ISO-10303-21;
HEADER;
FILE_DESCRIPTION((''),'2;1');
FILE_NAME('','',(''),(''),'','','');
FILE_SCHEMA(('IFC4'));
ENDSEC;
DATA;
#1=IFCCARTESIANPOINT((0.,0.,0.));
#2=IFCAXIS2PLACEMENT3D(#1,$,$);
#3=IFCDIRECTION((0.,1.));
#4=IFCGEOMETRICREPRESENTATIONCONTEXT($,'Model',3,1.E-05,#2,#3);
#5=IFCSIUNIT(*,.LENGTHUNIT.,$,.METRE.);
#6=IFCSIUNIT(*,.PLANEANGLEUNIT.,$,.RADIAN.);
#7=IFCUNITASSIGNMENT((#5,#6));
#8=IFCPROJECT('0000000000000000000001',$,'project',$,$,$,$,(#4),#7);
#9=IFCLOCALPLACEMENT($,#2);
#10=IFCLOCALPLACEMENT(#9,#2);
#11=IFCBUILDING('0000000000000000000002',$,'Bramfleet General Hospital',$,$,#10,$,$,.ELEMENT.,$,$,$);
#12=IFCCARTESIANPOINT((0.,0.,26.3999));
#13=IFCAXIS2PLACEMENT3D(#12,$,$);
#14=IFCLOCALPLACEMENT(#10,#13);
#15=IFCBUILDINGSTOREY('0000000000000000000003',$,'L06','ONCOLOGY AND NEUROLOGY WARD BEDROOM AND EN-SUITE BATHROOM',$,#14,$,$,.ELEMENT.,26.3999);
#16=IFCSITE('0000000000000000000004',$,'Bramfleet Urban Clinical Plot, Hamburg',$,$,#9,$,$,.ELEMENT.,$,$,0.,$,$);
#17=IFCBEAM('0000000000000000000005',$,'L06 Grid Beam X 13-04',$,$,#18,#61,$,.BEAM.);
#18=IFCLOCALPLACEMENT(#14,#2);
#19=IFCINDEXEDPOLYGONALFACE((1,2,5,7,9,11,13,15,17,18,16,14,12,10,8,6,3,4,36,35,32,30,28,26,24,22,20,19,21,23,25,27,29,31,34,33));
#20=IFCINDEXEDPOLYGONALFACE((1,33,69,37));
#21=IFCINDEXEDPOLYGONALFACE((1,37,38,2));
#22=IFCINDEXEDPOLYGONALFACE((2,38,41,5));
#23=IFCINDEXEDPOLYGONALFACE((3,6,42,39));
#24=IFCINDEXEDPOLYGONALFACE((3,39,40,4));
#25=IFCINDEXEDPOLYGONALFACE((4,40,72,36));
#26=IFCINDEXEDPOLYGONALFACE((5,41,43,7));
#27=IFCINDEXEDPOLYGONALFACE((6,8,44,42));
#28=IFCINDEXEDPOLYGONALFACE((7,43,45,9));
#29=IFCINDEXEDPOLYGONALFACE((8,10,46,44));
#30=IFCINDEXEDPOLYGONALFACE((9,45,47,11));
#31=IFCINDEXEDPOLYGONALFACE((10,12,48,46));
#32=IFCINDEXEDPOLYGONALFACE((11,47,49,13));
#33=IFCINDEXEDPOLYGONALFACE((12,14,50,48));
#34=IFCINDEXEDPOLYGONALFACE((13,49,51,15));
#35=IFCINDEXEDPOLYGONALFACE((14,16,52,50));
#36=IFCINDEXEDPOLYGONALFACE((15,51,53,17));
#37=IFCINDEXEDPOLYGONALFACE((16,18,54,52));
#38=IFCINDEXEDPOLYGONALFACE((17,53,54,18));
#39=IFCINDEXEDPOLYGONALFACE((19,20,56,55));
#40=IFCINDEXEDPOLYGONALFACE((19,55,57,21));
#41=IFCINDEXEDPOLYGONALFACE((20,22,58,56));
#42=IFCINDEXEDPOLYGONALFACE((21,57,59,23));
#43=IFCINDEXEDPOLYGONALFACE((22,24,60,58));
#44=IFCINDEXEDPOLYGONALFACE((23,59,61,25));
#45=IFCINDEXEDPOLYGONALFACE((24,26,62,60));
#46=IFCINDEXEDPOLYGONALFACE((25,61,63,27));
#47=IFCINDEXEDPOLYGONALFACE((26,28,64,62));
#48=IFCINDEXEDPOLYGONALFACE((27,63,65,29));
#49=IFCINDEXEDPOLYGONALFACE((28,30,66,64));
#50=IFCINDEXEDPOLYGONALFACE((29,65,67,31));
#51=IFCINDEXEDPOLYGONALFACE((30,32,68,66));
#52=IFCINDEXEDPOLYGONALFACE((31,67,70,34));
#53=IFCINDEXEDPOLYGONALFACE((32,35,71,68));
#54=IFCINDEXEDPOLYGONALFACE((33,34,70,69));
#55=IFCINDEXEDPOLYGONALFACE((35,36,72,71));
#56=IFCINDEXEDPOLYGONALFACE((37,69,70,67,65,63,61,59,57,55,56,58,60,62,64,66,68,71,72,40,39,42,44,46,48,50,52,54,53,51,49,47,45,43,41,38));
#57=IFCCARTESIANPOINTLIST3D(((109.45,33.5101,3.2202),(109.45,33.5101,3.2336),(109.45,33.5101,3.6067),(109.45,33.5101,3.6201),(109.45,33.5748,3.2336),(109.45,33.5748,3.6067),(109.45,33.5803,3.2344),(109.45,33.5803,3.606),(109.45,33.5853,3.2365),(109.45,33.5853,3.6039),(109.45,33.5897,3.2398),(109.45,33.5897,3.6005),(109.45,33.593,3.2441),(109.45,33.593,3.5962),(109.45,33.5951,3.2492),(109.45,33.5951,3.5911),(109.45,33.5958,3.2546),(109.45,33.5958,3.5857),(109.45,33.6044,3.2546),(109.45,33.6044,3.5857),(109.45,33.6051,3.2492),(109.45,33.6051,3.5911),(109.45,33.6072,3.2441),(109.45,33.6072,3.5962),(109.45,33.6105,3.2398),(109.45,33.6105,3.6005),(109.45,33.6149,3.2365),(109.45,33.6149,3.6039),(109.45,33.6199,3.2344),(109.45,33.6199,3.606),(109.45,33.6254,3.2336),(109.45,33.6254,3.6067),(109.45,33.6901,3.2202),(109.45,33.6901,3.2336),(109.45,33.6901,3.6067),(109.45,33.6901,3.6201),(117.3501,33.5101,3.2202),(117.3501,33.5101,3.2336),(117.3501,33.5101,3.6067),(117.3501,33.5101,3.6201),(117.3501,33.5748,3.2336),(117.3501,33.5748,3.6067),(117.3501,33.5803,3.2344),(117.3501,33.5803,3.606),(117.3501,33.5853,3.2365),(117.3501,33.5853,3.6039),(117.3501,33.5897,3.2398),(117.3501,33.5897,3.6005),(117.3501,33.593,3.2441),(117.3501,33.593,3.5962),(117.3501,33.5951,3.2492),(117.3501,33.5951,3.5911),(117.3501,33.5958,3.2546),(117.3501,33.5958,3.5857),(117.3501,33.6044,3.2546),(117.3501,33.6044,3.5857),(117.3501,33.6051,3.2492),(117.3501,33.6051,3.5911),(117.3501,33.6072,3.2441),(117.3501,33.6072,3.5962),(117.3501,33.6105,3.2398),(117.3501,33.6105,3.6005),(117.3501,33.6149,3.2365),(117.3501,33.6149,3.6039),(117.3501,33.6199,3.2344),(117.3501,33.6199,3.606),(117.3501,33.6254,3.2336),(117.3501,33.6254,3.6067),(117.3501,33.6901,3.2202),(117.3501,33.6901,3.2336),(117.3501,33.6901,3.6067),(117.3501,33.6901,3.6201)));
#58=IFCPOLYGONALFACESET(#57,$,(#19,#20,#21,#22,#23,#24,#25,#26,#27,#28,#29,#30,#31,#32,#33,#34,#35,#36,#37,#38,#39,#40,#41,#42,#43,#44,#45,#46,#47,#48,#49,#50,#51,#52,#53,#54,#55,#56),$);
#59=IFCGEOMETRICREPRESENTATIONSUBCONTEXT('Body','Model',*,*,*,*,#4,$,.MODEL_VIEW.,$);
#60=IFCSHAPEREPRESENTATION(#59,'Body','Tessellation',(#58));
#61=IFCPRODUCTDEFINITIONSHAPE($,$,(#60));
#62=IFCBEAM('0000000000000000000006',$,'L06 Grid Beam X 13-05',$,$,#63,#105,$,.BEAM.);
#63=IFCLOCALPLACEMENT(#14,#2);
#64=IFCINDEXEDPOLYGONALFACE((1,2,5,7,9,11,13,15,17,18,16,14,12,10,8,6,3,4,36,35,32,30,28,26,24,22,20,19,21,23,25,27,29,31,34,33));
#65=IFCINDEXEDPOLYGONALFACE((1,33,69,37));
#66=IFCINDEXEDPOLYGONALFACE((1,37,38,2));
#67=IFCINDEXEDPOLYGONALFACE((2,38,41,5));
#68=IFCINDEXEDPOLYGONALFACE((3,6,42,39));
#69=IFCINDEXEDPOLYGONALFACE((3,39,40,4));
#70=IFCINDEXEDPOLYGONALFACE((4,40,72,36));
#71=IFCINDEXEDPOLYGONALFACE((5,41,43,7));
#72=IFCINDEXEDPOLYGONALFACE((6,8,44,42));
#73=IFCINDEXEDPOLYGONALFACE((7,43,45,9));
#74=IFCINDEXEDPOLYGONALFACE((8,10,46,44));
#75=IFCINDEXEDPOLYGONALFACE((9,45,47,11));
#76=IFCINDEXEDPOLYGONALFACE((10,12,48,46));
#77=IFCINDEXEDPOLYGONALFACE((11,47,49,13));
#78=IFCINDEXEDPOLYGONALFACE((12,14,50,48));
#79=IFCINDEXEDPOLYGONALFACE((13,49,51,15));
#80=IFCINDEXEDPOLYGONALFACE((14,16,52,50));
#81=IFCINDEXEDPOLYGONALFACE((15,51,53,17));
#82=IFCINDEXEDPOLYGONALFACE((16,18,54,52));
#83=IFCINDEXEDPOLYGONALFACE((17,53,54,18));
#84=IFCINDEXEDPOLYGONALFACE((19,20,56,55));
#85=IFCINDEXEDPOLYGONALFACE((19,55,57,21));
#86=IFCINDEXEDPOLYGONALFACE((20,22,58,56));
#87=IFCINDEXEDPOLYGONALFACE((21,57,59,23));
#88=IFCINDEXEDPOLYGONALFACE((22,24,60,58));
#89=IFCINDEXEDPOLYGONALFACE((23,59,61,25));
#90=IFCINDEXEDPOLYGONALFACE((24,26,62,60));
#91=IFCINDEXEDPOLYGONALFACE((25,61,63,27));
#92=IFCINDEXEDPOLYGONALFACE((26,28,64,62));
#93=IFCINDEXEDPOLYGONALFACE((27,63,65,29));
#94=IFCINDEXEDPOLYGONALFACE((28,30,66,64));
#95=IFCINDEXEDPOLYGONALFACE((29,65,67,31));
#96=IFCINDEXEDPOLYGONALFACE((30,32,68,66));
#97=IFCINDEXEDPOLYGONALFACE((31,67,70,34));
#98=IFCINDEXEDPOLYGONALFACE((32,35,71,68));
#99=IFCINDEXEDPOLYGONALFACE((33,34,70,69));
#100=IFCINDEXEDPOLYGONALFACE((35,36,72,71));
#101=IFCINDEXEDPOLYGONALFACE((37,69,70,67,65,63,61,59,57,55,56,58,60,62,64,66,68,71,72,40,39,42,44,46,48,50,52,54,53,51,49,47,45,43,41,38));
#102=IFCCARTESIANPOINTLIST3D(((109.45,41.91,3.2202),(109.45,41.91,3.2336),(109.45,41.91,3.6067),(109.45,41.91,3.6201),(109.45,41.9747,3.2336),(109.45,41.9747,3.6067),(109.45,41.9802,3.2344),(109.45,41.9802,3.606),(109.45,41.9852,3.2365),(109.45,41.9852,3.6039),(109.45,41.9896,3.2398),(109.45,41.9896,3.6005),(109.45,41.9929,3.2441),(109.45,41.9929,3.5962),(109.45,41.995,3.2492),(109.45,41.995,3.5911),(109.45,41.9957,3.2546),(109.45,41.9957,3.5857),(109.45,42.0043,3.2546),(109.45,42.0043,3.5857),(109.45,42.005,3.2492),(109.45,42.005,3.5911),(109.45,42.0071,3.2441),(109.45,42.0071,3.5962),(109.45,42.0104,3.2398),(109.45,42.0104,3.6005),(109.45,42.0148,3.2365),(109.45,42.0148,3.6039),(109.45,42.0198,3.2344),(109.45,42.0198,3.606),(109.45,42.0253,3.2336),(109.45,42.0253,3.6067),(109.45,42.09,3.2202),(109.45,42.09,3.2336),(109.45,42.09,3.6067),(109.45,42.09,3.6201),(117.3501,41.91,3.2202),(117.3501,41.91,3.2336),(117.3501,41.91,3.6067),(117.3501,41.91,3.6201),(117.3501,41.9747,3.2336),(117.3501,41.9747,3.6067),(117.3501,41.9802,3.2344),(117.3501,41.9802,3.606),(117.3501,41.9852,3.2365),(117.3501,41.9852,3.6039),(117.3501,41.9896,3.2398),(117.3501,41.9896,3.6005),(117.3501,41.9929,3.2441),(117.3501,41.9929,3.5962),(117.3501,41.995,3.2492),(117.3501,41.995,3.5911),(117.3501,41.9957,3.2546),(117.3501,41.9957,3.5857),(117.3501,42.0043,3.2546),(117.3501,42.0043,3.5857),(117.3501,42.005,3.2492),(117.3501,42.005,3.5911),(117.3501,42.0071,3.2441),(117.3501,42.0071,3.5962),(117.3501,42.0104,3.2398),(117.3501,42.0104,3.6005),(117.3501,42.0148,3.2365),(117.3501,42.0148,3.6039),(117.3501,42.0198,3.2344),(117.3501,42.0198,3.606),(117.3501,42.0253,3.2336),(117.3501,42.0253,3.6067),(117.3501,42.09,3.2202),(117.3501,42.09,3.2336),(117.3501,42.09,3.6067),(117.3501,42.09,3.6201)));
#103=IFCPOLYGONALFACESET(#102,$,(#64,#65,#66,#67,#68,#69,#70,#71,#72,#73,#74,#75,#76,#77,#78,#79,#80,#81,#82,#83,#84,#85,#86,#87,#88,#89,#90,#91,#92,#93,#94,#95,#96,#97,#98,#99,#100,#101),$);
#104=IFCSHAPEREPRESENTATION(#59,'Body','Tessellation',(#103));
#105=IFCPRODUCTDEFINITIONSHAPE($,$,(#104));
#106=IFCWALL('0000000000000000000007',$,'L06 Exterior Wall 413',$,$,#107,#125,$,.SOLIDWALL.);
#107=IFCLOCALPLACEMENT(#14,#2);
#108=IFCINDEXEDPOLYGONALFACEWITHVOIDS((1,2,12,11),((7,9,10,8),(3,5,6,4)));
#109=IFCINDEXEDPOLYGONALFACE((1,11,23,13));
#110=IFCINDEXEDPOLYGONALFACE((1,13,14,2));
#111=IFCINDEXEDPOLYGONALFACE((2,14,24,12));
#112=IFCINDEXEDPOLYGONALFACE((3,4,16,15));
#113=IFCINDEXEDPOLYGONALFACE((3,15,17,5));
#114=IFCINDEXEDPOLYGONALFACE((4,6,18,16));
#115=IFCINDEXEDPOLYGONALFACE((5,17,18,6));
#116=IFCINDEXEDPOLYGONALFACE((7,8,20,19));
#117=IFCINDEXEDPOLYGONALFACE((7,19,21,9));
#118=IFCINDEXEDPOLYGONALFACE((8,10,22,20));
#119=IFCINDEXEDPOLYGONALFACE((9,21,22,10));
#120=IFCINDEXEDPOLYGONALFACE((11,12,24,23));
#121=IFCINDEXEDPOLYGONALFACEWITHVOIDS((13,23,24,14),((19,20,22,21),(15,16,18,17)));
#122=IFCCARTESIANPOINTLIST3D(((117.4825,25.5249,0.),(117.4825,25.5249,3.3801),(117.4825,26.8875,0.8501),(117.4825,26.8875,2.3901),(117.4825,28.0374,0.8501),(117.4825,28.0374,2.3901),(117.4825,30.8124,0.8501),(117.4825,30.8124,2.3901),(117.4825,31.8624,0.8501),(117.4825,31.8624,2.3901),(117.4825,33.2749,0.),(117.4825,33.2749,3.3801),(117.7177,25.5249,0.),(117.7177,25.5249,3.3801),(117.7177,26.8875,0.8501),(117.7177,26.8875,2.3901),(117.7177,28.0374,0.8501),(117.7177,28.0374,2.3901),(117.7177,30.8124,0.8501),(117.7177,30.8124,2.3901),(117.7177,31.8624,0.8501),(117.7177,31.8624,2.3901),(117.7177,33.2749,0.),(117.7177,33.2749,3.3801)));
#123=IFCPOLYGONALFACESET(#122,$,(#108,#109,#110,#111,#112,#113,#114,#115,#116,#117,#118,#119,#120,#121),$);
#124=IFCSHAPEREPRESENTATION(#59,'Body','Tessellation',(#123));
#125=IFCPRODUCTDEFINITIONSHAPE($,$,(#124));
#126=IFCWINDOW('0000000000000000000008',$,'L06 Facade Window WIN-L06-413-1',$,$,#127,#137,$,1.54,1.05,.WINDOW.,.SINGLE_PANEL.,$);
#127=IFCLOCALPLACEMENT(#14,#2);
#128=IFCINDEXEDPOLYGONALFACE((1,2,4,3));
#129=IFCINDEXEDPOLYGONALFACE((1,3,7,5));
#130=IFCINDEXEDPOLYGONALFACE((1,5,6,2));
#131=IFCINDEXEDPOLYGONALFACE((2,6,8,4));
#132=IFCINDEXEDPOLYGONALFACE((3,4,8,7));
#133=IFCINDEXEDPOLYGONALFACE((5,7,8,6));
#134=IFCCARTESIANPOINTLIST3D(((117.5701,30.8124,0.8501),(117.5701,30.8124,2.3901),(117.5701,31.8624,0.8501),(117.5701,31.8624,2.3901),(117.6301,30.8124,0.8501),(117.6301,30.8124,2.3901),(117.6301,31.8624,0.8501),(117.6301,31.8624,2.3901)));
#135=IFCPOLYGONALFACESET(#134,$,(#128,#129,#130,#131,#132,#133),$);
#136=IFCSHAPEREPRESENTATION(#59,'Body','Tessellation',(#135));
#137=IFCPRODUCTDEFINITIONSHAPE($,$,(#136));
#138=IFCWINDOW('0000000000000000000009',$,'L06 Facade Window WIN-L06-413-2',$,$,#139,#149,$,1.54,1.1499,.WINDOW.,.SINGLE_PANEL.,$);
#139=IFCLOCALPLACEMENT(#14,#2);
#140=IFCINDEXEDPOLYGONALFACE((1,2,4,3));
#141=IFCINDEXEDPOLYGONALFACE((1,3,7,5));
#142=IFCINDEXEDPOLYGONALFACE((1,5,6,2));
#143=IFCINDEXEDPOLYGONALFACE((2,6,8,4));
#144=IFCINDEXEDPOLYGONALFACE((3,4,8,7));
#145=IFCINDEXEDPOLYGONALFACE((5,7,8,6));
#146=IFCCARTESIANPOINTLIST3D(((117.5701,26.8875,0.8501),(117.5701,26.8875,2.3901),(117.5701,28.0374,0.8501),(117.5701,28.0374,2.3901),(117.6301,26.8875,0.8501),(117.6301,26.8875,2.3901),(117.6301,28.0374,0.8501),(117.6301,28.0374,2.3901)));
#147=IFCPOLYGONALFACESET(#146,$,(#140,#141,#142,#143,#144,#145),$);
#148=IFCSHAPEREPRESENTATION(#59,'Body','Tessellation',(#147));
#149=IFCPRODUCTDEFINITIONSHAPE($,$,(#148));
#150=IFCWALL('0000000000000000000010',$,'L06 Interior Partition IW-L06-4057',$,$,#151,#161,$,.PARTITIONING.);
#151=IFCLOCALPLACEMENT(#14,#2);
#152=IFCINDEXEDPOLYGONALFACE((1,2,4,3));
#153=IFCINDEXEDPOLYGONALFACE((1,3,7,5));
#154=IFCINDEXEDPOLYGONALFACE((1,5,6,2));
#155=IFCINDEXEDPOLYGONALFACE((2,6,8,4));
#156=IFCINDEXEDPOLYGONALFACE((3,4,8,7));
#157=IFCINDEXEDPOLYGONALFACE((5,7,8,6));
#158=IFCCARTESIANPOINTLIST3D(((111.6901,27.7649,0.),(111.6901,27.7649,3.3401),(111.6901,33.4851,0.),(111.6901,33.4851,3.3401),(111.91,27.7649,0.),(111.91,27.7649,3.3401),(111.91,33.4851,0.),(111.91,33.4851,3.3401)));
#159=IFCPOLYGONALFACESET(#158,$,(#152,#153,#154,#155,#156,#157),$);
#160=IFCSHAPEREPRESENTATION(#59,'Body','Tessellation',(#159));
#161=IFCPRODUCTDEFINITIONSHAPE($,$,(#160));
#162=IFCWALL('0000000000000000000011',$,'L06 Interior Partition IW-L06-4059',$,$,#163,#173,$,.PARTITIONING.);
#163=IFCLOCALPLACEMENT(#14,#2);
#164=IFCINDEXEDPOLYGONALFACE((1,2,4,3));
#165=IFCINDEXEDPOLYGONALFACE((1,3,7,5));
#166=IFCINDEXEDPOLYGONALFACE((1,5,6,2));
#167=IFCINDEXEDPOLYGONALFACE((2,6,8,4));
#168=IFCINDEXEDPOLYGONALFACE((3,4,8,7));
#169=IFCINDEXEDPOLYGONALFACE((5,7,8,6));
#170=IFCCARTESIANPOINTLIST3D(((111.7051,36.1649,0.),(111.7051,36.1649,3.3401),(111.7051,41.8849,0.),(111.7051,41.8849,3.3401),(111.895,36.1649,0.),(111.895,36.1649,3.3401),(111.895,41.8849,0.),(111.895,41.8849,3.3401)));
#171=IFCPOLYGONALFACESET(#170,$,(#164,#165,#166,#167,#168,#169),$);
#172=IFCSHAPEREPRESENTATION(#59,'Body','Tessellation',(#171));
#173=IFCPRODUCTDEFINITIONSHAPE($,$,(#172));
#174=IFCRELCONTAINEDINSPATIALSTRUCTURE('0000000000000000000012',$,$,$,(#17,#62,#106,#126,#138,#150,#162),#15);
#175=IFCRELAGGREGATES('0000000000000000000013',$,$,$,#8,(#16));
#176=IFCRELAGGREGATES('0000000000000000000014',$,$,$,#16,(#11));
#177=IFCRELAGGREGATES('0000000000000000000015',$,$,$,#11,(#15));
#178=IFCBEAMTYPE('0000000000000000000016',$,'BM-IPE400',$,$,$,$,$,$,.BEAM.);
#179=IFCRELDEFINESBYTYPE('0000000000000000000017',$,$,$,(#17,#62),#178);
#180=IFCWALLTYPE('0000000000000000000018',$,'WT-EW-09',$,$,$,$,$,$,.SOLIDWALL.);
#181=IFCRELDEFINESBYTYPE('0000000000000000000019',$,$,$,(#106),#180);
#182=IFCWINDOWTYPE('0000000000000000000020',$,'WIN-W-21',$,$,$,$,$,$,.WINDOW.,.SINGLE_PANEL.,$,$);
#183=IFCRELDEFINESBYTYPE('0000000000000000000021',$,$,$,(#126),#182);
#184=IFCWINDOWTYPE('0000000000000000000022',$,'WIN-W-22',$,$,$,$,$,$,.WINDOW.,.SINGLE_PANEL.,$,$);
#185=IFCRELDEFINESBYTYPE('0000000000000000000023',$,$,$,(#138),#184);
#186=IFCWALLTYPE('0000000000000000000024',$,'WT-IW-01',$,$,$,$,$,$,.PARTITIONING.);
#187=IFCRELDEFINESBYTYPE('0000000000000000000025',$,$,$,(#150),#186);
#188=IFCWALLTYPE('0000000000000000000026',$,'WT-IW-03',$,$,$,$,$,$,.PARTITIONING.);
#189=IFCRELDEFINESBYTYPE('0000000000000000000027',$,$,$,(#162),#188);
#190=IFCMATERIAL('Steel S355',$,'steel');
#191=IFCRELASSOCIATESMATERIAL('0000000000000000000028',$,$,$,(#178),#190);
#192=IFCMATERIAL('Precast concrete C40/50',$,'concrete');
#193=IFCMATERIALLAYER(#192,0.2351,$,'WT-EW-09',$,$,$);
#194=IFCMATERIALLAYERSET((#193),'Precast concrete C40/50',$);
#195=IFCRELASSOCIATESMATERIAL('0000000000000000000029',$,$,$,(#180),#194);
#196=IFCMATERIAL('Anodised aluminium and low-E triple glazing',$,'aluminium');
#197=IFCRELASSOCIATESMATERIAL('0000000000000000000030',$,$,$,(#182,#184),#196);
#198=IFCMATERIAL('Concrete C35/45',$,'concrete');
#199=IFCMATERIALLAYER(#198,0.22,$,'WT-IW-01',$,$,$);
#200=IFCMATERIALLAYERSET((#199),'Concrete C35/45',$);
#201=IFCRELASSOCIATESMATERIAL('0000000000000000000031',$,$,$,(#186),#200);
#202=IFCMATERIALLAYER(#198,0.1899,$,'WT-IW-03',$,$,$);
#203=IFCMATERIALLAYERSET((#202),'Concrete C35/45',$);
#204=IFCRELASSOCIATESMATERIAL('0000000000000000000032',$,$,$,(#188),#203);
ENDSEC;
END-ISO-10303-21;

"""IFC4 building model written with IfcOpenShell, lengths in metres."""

from ifc_helpers import new_model, si_unit, direction, frame, frame_2d, origin, origin_2d, place, context, subcontext, project, spatial, rectangle, i_section, extrude, material, layer, layer_set, material_profile, profile_set, type_object, element, fill, save


model = new_model("IFC4")

# Units and contexts
model_context = context("Model", 3, precision=1e-05, world=origin(), true_north=direction((0.0, 1.0)))
body_context = subcontext(model_context, "Body", "Model", "MODEL_VIEW")
ifc_project = project(units=[si_unit("LENGTHUNIT", "METRE"), si_unit("PLANEANGLEUNIT", "RADIAN")], contexts=[model_context])

# Site, building, storey
site_placement = place(None, origin())
site = spatial("IfcSite", under=ifc_project, at=site_placement, Name="Bramfleet Urban Clinical Plot, Hamburg", CompositionType="ELEMENT", RefElevation=0.0)
building_placement = place(site_placement, origin())
building = spatial("IfcBuilding", under=site, at=building_placement, Name="Bramfleet General Hospital", CompositionType="ELEMENT")
storey_placement = place(building_placement, frame((0.0, 0.0, 26.3999)))
storey = spatial("IfcBuildingStorey", under=building, at=storey_placement, Name="L06", Description="ONCOLOGY AND NEUROLOGY WARD BEDROOM AND EN-SUITE BATHROOM", CompositionType="ELEMENT", Elevation=26.3999)

# Beams
ifc_material_1 = material(Name="Steel S355", Category="steel")
ifc_material_profile_1 = material_profile(ifc_material_1, i_section(OverallWidth=0.1799, OverallDepth=0.3999, WebThickness=0.0085, FlangeThickness=0.0134, FilletRadius=0.021, at=origin_2d()), Name="IPE 400")
ifc_profile_set_1 = profile_set([ifc_material_profile_1], Name="Steel S355")
beam_type_1 = type_object("IfcBeamType", Name="BM-IPE400", PredefinedType="BEAM", material=ifc_profile_set_1)
for number, where, z_axis, x_axis, name in (
    (1, (109.45, 33.6001, 3.4202), (1.0, 0.0, 0.0), (0.0, 1.0, 0.0), "L06 Grid Beam X 13-04"),
    (2, (109.45, 42.0, 3.4202), (1.0, 0.0, 0.0), (0.0, 1.0, 0.0), "L06 Grid Beam X 13-05"),
):
    element("IfcBeam", number, at=place(storey_placement, frame(where, z_axis=z_axis, x_axis=x_axis)), inside=storey, type_object=beam_type_1, Name=name, PredefinedType="BEAM", context=body_context, shape_type="SweptSolid", body=[
        extrude(i_section(OverallWidth=0.1799, OverallDepth=0.3999, WebThickness=0.0085, FlangeThickness=0.0134, FilletRadius=0.021, at=origin_2d()), origin(), (0.0, 0.0, 1.0), 7.9001),
    ])

# Wall, openings, windows
ifc_material_2 = material(Name="Precast concrete C40/50", Category="concrete")
ifc_layer_1 = layer(ifc_material_2, 0.2351, Name="WT-EW-09")
ifc_layer_set_1 = layer_set([ifc_layer_1], Name="Precast concrete C40/50")
wall_type_1 = type_object("IfcWallType", Name="WT-EW-09", PredefinedType="SOLIDWALL", material=ifc_layer_set_1)
wall_1_placement = place(storey_placement, frame((117.6001, 33.2749, 0.0), z_axis=(0.0, 0.0, 1.0), x_axis=(0.0, -1.0, 0.0)))
wall_1 = element("IfcWall", 3, at=wall_1_placement, inside=storey, type_object=wall_type_1, Name="L06 Exterior Wall 413", PredefinedType="SOLIDWALL", context=body_context, shape_type="SweptSolid", body=[
    extrude(rectangle(XDim=7.75, YDim=0.2351, at=frame_2d((3.875, 0.0))), origin(), (0.0, 0.0, 1.0), 3.3801),
])
opening_1_placement = place(wall_1_placement, frame((1.4126, 0.0, 0.8501)))
opening_1 = element("IfcOpeningElement", 4, at=opening_1_placement, cuts=wall_1, PredefinedType="OPENING", context=body_context, shape_type="SweptSolid", body=[
    extrude(rectangle(XDim=1.05, YDim=1.54, at=frame_2d((0.5249, 0.77))), frame((0.0, 0.1274, 0.0), z_axis=(0.0, -1.0, 0.0), x_axis=(1.0, 0.0, 0.0)), (0.0, 0.0, 1.0), 0.2551),
])
opening_2_placement = place(wall_1_placement, frame((5.2375, 0.0, 0.8501)))
opening_2 = element("IfcOpeningElement", 5, at=opening_2_placement, cuts=wall_1, PredefinedType="OPENING", context=body_context, shape_type="SweptSolid", body=[
    extrude(rectangle(XDim=1.1499, YDim=1.54, at=frame_2d((0.575, 0.77))), frame((0.0, 0.1274, 0.0), z_axis=(0.0, -1.0, 0.0), x_axis=(1.0, 0.0, 0.0)), (0.0, 0.0, 1.0), 0.2551),
])
ifc_material_3 = material(Name="Anodised aluminium and low-E triple glazing", Category="aluminium")
window_type_1 = type_object("IfcWindowType", Name="WIN-W-21", PartitioningType="SINGLE_PANEL", PredefinedType="WINDOW", material=ifc_material_3)
window_1_placement = place(opening_1_placement, origin())
window_1 = element("IfcWindow", 6, at=window_1_placement, inside=storey, type_object=window_type_1, Name="L06 Facade Window WIN-L06-413-1", OverallHeight=1.54, OverallWidth=1.05, PartitioningType="SINGLE_PANEL", PredefinedType="WINDOW", context=body_context, shape_type="SweptSolid", body=[
    extrude(rectangle(XDim=1.05, YDim=1.54, at=frame_2d((0.5249, 0.77))), frame((0.0, 0.03, 0.0), z_axis=(0.0, -1.0, 0.0), x_axis=(1.0, 0.0, 0.0)), (0.0, 0.0, 1.0), 0.0601),
])
fill(opening_1, window_1)
window_type_2 = type_object("IfcWindowType", Name="WIN-W-22", PartitioningType="SINGLE_PANEL", PredefinedType="WINDOW", material=ifc_material_3)
window_2_placement = place(opening_2_placement, origin())
window_2 = element("IfcWindow", 7, at=window_2_placement, inside=storey, type_object=window_type_2, Name="L06 Facade Window WIN-L06-413-2", OverallHeight=1.54, OverallWidth=1.1499, PartitioningType="SINGLE_PANEL", PredefinedType="WINDOW", context=body_context, shape_type="SweptSolid", body=[
    extrude(rectangle(XDim=1.1499, YDim=1.54, at=frame_2d((0.575, 0.77))), frame((0.0, 0.03, 0.0), z_axis=(0.0, -1.0, 0.0), x_axis=(1.0, 0.0, 0.0)), (0.0, 0.0, 1.0), 0.0601),
])
fill(opening_2, window_2)

# Walls
ifc_material_4 = material(Name="Concrete C35/45", Category="concrete")
ifc_layer_2 = layer(ifc_material_4, 0.22, Name="WT-IW-01")
ifc_layer_set_2 = layer_set([ifc_layer_2], Name="Concrete C35/45")
wall_type_2 = type_object("IfcWallType", Name="WT-IW-01", PredefinedType="PARTITIONING", material=ifc_layer_set_2)
wall_2_placement = place(storey_placement, frame((111.8, 27.7649, 0.0), z_axis=(0.0, 0.0, 1.0), x_axis=(0.0, 1.0, 0.0)))
element("IfcWall", 8, at=wall_2_placement, inside=storey, type_object=wall_type_2, Name="L06 Interior Partition IW-L06-4057", PredefinedType="PARTITIONING", context=body_context, shape_type="SweptSolid", body=[
    extrude(rectangle(XDim=5.7202, YDim=0.22, at=frame_2d((2.8601, 0.0))), origin(), (0.0, 0.0, 1.0), 3.3401),
])
ifc_layer_3 = layer(ifc_material_4, 0.1899, Name="WT-IW-03")
ifc_layer_set_3 = layer_set([ifc_layer_3], Name="Concrete C35/45")
wall_type_3 = type_object("IfcWallType", Name="WT-IW-03", PredefinedType="PARTITIONING", material=ifc_layer_set_3)
wall_3_placement = place(storey_placement, frame((111.8, 36.165, 0.0), z_axis=(0.0, 0.0, 1.0), x_axis=(0.0, 1.0, 0.0)))
element("IfcWall", 9, at=wall_3_placement, inside=storey, type_object=wall_type_3, Name="L06 Interior Partition IW-L06-4059", PredefinedType="PARTITIONING", context=body_context, shape_type="SweptSolid", body=[
    extrude(rectangle(XDim=5.72, YDim=0.1899, at=frame_2d((2.8599, 0.0))), origin(), (0.0, 0.0, 1.0), 3.3401),
])

save(model, "model.ifc")
